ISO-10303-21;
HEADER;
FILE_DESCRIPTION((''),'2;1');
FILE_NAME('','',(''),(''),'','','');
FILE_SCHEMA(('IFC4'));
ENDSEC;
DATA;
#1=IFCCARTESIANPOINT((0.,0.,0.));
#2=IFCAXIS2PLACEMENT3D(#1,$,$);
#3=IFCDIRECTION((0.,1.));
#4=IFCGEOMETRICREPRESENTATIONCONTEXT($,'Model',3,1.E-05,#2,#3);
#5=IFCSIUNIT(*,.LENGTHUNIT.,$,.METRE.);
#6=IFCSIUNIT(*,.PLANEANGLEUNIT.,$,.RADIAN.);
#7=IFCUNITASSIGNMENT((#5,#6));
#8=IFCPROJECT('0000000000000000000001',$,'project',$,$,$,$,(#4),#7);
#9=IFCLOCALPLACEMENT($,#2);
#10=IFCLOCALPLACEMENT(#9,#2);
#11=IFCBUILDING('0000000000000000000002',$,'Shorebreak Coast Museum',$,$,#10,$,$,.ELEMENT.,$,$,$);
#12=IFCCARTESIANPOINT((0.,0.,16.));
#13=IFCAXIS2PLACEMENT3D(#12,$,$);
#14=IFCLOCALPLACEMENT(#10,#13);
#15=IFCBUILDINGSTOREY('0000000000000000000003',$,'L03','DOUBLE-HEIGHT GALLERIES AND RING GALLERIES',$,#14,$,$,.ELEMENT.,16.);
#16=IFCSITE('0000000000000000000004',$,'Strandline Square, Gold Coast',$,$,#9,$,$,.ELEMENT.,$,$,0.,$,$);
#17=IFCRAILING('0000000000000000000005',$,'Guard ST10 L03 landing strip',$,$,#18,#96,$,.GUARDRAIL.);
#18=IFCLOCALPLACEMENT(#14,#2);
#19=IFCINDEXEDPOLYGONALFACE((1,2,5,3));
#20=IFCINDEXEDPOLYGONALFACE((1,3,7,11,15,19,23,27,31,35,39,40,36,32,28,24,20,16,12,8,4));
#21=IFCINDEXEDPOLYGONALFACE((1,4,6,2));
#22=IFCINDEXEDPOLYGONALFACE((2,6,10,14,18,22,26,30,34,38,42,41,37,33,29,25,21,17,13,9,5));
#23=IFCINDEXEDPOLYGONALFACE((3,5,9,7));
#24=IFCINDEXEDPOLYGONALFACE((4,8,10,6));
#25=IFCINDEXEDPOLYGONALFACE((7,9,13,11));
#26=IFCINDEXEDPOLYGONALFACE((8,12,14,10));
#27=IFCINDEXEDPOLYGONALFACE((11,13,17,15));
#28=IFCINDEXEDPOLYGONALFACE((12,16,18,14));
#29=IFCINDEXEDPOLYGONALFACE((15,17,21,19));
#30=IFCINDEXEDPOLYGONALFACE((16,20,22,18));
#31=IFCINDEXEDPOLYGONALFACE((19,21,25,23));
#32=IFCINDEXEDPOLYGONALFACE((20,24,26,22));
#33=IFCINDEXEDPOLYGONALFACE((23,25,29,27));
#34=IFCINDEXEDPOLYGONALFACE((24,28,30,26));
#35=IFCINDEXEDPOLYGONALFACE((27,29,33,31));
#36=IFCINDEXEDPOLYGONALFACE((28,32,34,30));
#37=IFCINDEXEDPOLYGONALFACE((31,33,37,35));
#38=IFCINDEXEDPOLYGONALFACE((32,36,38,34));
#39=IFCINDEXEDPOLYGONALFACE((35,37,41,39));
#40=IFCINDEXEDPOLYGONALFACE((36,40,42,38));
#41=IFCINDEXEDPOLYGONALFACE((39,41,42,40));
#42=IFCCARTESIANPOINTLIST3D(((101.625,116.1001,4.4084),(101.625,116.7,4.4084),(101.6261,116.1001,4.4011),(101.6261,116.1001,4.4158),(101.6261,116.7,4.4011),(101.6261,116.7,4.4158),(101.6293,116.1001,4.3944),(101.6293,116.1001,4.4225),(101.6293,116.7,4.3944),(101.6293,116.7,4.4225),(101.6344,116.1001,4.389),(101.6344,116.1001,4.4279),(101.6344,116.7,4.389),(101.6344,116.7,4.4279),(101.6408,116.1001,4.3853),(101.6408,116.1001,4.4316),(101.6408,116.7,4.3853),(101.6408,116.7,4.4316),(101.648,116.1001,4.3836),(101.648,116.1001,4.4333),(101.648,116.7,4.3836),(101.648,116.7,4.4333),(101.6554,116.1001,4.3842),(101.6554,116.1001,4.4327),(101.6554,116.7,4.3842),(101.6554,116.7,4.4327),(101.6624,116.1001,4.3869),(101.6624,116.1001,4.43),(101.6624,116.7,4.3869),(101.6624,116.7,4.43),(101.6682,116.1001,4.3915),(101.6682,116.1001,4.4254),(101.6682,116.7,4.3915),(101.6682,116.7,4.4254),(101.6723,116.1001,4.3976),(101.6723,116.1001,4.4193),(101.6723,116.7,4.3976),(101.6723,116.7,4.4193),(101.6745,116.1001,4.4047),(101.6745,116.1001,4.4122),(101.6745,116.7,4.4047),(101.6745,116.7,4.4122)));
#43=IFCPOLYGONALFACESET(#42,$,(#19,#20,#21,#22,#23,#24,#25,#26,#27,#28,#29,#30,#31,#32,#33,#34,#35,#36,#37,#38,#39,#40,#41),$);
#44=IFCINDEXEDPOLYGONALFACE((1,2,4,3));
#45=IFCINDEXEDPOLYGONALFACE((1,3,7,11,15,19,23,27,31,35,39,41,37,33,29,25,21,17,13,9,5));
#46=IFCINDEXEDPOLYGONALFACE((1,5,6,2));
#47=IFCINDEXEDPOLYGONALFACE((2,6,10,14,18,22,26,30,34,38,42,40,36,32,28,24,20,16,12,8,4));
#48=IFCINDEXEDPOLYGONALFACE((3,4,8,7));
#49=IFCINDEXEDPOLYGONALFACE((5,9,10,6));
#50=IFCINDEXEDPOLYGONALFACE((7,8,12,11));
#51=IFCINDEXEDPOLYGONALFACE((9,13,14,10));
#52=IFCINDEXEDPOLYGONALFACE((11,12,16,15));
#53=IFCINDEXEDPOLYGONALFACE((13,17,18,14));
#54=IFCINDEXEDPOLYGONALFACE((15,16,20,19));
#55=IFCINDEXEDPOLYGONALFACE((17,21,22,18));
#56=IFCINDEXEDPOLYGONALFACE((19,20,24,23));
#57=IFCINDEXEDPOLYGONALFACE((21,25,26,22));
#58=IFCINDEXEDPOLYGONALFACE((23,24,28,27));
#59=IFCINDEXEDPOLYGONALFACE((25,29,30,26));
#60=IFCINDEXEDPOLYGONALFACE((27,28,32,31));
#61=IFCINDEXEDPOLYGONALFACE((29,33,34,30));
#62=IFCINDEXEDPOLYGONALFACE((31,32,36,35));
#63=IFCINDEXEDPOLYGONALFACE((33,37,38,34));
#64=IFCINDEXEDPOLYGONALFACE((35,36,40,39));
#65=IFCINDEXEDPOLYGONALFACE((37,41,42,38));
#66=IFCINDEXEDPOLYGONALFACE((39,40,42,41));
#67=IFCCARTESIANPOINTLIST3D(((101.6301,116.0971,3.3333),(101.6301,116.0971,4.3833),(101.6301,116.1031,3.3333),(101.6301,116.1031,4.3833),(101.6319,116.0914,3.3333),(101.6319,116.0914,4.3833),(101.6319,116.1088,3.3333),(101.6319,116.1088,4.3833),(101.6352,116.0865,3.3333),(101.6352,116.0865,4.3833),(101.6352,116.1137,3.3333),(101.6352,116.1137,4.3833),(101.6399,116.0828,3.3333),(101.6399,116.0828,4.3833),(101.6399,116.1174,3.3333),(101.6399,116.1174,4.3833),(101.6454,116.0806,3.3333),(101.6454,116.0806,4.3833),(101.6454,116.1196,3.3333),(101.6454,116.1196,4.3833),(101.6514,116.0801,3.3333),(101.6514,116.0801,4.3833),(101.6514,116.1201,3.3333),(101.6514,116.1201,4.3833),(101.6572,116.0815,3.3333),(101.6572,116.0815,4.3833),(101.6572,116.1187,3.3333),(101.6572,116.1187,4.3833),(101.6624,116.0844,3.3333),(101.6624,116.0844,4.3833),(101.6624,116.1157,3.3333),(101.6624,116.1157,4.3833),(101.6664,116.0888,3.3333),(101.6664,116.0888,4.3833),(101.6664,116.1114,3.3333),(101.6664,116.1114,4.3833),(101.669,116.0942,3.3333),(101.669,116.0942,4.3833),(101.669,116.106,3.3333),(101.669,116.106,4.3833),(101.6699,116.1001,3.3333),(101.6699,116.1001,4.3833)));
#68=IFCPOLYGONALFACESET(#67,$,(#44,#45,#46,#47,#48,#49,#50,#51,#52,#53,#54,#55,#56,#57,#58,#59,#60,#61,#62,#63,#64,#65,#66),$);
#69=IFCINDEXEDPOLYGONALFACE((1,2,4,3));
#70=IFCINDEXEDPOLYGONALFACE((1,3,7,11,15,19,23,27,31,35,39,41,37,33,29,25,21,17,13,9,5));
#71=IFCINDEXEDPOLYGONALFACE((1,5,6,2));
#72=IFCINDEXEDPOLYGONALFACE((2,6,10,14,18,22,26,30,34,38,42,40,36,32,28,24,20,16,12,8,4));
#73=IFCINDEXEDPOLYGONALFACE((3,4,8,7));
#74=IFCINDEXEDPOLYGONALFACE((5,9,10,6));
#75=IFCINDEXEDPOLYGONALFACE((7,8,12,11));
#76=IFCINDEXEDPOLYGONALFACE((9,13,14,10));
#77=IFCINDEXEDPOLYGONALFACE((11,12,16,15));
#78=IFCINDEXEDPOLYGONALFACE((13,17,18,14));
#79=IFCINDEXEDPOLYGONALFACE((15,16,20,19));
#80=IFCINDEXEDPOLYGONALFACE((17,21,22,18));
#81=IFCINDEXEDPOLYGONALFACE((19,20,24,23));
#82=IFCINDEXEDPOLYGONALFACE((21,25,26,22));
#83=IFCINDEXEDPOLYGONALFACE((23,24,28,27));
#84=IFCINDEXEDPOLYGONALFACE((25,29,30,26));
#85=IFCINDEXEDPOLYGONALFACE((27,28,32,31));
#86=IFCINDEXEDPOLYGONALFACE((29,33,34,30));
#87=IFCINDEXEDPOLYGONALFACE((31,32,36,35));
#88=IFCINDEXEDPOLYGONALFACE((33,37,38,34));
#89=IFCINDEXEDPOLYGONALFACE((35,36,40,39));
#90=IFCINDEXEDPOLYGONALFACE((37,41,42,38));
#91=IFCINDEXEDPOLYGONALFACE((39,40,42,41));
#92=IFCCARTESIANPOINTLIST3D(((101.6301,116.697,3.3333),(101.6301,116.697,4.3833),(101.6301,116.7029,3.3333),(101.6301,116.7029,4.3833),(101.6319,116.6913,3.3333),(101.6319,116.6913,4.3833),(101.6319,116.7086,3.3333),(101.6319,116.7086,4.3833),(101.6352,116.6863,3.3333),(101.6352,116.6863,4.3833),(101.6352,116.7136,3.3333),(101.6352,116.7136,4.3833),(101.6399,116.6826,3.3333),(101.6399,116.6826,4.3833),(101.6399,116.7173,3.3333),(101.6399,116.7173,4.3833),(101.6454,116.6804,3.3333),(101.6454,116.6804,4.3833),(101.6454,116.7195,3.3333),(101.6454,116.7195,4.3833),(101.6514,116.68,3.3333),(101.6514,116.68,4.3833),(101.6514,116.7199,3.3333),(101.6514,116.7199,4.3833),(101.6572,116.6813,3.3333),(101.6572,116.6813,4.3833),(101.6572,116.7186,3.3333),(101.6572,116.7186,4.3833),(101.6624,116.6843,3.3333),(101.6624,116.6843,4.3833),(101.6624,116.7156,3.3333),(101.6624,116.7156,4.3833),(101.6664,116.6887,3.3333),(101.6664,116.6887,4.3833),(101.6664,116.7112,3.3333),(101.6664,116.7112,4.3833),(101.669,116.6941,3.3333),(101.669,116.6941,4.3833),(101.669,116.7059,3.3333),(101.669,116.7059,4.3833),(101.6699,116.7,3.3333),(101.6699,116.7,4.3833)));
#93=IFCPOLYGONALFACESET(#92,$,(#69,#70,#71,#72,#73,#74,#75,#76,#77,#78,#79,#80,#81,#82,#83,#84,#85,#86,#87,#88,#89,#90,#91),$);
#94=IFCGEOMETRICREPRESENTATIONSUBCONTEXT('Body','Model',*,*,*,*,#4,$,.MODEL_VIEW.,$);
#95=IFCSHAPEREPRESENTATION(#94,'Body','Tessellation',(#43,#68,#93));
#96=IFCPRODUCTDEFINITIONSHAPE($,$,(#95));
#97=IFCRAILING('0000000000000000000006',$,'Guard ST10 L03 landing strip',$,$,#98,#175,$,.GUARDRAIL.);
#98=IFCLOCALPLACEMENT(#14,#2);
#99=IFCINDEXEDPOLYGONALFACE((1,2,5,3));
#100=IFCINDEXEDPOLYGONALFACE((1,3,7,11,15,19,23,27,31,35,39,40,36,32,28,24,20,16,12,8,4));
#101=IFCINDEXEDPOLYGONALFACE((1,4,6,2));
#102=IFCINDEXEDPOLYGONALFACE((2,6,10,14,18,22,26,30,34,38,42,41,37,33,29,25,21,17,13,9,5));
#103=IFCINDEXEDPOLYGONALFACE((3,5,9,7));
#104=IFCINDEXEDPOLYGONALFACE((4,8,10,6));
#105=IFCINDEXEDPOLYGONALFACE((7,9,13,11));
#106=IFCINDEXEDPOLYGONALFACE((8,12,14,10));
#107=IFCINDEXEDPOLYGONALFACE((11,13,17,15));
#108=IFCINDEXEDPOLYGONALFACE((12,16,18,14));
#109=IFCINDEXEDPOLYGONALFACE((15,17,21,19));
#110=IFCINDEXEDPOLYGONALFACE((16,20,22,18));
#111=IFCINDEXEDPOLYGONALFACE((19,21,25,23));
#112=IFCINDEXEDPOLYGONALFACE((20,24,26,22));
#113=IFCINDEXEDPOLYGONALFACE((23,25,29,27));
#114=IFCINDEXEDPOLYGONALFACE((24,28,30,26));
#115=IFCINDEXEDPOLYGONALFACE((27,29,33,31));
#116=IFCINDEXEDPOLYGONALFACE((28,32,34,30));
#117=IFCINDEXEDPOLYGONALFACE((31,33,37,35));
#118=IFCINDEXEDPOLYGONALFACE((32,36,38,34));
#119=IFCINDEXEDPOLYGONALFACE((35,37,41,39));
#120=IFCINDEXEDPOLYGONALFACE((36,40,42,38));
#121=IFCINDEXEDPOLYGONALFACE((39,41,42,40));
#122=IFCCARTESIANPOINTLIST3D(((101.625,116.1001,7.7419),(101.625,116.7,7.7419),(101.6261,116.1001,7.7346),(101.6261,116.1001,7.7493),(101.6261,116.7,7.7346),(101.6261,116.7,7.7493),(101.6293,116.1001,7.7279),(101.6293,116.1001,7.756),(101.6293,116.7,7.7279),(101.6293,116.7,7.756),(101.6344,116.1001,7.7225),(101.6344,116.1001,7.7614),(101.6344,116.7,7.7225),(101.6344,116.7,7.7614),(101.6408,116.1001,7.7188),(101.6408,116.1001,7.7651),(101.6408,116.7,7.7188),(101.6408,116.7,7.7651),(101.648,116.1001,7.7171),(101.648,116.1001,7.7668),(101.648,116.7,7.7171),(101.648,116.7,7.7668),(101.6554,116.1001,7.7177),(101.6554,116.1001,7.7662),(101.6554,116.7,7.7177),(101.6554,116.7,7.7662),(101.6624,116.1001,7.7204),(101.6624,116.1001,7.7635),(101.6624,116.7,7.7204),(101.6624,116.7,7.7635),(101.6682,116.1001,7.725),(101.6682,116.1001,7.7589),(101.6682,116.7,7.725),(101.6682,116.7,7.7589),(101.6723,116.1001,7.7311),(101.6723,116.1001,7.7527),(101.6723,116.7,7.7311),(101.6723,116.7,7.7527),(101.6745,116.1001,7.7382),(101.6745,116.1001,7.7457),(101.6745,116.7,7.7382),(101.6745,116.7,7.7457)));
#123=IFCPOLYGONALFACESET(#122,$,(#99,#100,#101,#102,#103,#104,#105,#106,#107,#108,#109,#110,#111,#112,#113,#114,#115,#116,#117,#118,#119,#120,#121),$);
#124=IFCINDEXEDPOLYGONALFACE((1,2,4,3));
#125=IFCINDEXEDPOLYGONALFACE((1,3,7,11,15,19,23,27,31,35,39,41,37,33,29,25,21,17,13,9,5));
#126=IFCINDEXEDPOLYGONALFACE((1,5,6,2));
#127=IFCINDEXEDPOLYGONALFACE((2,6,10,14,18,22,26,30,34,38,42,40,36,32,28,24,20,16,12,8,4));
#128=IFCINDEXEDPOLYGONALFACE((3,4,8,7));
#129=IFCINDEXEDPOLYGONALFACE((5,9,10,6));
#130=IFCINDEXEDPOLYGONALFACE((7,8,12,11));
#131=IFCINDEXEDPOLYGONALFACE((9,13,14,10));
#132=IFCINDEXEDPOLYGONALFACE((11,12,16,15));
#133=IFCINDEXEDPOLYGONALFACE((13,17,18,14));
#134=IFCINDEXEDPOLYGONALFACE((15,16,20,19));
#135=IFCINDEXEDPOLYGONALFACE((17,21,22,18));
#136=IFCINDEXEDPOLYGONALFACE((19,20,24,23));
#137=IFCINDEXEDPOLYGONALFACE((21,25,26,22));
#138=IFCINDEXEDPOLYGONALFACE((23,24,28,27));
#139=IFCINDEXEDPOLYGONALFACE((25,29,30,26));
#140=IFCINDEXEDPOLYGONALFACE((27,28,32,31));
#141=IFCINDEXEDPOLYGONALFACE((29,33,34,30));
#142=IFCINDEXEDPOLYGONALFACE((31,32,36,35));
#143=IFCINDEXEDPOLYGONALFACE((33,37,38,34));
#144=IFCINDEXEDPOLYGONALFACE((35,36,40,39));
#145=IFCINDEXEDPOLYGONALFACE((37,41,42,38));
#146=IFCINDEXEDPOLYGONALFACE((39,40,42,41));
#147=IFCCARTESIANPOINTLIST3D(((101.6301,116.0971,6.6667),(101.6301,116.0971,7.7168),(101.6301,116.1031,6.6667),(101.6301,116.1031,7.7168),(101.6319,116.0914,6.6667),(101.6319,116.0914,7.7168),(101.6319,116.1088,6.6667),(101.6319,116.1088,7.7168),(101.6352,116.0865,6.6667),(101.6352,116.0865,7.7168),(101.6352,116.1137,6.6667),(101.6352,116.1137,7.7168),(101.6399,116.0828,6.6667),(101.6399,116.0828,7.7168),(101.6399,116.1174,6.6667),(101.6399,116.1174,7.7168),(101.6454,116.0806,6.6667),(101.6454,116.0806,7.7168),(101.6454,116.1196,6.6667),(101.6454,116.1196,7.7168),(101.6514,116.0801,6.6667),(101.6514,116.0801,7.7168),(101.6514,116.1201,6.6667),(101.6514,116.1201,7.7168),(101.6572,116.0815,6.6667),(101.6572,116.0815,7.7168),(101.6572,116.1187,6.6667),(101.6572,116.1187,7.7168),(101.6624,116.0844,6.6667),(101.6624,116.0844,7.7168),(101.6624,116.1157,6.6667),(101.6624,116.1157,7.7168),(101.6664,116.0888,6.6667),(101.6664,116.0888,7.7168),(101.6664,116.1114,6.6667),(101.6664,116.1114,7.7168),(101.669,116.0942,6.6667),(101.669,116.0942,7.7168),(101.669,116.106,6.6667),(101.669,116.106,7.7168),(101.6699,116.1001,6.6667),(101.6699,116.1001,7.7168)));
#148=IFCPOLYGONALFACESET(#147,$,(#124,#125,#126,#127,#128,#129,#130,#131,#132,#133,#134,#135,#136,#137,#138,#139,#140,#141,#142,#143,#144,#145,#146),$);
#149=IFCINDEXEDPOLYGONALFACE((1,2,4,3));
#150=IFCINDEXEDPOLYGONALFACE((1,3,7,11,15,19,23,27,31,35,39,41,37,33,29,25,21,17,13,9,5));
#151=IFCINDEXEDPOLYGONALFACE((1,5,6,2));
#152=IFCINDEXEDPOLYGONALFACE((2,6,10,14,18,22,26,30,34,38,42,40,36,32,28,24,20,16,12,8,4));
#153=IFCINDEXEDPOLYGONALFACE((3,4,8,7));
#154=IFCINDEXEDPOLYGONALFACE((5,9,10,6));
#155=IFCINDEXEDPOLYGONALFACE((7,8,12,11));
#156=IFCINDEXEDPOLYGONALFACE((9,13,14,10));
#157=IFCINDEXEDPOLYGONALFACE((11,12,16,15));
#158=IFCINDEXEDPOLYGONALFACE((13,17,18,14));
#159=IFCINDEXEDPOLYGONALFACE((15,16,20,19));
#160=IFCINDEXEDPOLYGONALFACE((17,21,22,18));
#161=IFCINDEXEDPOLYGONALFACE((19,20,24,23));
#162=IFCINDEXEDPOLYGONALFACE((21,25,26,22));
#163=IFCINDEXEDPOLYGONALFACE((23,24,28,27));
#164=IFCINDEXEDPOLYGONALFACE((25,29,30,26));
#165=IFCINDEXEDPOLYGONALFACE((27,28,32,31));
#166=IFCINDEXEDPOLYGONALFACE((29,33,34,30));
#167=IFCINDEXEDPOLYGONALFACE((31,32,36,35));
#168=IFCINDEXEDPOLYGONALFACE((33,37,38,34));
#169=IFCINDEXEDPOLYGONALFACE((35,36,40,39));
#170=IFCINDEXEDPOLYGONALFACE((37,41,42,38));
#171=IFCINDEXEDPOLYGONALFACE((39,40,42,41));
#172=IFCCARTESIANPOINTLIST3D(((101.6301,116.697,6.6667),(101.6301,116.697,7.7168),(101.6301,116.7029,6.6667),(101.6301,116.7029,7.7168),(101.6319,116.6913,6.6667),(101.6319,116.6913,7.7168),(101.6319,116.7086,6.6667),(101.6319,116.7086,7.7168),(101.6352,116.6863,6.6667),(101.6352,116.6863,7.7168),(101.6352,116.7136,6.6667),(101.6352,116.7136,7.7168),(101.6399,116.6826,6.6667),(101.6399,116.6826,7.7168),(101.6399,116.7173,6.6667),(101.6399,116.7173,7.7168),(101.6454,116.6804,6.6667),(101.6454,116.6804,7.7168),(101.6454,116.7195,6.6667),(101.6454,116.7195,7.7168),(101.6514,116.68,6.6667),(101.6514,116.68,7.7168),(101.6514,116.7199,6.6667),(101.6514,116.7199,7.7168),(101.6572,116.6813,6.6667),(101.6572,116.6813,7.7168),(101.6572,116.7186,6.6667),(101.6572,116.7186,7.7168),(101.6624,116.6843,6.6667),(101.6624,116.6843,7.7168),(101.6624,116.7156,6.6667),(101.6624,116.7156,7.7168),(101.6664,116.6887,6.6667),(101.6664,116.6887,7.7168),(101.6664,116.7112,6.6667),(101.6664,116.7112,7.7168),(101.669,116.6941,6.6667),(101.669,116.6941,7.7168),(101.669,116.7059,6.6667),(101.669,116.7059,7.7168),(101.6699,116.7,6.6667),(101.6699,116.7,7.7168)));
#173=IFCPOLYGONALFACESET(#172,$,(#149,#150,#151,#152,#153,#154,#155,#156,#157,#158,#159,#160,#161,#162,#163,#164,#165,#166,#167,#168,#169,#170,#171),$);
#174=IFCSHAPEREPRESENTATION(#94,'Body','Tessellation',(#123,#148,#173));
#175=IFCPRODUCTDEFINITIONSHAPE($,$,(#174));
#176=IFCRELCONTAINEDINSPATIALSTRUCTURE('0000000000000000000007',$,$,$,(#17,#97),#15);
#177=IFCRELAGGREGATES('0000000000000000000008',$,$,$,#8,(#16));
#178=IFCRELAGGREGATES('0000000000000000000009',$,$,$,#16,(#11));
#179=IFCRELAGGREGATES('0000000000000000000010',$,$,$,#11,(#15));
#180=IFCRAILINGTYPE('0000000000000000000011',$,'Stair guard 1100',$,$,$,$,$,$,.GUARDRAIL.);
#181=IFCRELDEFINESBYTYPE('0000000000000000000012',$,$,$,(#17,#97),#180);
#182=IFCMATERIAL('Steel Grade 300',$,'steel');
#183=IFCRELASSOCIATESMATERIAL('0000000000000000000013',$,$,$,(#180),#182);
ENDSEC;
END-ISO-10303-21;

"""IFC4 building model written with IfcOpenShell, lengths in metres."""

from ifc_helpers import new_model, si_unit, direction, frame, origin, origin_2d, place, context, subcontext, project, spatial, circle, extrude, material, type_object, element, save


model = new_model("IFC4")

# Units and contexts
model_context = context("Model", 3, precision=1e-05, world=origin(), true_north=direction((0.0, 1.0)))
body_context = subcontext(model_context, "Body", "Model", "MODEL_VIEW")
ifc_project = project(units=[si_unit("LENGTHUNIT", "METRE"), si_unit("PLANEANGLEUNIT", "RADIAN")], contexts=[model_context])

# Site, building, storey
site_placement = place(None, origin())
site = spatial("IfcSite", under=ifc_project, at=site_placement, Name="Strandline Square, Gold Coast", CompositionType="ELEMENT", RefElevation=0.0)
building_placement = place(site_placement, origin())
building = spatial("IfcBuilding", under=site, at=building_placement, Name="Shorebreak Coast Museum", CompositionType="ELEMENT")
storey_placement = place(building_placement, frame((0.0, 0.0, 16.0)))
storey = spatial("IfcBuildingStorey", under=building, at=storey_placement, Name="L03", Description="DOUBLE-HEIGHT GALLERIES AND RING GALLERIES", CompositionType="ELEMENT", Elevation=16.0)

# Railings
ifc_material_1 = material(Name="Steel Grade 300", Category="steel")
railing_type_1 = type_object("IfcRailingType", Name="Stair guard 1100", PredefinedType="GUARDRAIL", material=ifc_material_1)
for number, where, name in (
    (1, (101.6499, 116.1001, 3.3333), "Guard ST10 L03 landing strip"),
    (2, (101.6499, 116.1001, 6.6667), "Guard ST10 L03 landing strip"),
):
    element("IfcRailing", number, at=place(storey_placement, frame(where)), inside=storey, type_object=railing_type_1, Name=name, PredefinedType="GUARDRAIL", context=body_context, shape_type="SweptSolid", body=[
        extrude(circle(Radius=0.0249, at=origin_2d()), frame((0.0, 0.0, 1.0752), z_axis=(0.0, 1.0, 0.0), x_axis=(-1.0, 0.0, 0.0)), (0.0, 0.0, 1.0), 0.5999),
        extrude(circle(Radius=0.02, at=origin_2d()), origin(), (0.0, 0.0, 1.0), 1.05),
        extrude(circle(Radius=0.02, at=origin_2d()), frame((0.0, 0.5999, 0.0)), (0.0, 0.0, 1.0), 1.05),
    ])

save(model, "model.ifc")
